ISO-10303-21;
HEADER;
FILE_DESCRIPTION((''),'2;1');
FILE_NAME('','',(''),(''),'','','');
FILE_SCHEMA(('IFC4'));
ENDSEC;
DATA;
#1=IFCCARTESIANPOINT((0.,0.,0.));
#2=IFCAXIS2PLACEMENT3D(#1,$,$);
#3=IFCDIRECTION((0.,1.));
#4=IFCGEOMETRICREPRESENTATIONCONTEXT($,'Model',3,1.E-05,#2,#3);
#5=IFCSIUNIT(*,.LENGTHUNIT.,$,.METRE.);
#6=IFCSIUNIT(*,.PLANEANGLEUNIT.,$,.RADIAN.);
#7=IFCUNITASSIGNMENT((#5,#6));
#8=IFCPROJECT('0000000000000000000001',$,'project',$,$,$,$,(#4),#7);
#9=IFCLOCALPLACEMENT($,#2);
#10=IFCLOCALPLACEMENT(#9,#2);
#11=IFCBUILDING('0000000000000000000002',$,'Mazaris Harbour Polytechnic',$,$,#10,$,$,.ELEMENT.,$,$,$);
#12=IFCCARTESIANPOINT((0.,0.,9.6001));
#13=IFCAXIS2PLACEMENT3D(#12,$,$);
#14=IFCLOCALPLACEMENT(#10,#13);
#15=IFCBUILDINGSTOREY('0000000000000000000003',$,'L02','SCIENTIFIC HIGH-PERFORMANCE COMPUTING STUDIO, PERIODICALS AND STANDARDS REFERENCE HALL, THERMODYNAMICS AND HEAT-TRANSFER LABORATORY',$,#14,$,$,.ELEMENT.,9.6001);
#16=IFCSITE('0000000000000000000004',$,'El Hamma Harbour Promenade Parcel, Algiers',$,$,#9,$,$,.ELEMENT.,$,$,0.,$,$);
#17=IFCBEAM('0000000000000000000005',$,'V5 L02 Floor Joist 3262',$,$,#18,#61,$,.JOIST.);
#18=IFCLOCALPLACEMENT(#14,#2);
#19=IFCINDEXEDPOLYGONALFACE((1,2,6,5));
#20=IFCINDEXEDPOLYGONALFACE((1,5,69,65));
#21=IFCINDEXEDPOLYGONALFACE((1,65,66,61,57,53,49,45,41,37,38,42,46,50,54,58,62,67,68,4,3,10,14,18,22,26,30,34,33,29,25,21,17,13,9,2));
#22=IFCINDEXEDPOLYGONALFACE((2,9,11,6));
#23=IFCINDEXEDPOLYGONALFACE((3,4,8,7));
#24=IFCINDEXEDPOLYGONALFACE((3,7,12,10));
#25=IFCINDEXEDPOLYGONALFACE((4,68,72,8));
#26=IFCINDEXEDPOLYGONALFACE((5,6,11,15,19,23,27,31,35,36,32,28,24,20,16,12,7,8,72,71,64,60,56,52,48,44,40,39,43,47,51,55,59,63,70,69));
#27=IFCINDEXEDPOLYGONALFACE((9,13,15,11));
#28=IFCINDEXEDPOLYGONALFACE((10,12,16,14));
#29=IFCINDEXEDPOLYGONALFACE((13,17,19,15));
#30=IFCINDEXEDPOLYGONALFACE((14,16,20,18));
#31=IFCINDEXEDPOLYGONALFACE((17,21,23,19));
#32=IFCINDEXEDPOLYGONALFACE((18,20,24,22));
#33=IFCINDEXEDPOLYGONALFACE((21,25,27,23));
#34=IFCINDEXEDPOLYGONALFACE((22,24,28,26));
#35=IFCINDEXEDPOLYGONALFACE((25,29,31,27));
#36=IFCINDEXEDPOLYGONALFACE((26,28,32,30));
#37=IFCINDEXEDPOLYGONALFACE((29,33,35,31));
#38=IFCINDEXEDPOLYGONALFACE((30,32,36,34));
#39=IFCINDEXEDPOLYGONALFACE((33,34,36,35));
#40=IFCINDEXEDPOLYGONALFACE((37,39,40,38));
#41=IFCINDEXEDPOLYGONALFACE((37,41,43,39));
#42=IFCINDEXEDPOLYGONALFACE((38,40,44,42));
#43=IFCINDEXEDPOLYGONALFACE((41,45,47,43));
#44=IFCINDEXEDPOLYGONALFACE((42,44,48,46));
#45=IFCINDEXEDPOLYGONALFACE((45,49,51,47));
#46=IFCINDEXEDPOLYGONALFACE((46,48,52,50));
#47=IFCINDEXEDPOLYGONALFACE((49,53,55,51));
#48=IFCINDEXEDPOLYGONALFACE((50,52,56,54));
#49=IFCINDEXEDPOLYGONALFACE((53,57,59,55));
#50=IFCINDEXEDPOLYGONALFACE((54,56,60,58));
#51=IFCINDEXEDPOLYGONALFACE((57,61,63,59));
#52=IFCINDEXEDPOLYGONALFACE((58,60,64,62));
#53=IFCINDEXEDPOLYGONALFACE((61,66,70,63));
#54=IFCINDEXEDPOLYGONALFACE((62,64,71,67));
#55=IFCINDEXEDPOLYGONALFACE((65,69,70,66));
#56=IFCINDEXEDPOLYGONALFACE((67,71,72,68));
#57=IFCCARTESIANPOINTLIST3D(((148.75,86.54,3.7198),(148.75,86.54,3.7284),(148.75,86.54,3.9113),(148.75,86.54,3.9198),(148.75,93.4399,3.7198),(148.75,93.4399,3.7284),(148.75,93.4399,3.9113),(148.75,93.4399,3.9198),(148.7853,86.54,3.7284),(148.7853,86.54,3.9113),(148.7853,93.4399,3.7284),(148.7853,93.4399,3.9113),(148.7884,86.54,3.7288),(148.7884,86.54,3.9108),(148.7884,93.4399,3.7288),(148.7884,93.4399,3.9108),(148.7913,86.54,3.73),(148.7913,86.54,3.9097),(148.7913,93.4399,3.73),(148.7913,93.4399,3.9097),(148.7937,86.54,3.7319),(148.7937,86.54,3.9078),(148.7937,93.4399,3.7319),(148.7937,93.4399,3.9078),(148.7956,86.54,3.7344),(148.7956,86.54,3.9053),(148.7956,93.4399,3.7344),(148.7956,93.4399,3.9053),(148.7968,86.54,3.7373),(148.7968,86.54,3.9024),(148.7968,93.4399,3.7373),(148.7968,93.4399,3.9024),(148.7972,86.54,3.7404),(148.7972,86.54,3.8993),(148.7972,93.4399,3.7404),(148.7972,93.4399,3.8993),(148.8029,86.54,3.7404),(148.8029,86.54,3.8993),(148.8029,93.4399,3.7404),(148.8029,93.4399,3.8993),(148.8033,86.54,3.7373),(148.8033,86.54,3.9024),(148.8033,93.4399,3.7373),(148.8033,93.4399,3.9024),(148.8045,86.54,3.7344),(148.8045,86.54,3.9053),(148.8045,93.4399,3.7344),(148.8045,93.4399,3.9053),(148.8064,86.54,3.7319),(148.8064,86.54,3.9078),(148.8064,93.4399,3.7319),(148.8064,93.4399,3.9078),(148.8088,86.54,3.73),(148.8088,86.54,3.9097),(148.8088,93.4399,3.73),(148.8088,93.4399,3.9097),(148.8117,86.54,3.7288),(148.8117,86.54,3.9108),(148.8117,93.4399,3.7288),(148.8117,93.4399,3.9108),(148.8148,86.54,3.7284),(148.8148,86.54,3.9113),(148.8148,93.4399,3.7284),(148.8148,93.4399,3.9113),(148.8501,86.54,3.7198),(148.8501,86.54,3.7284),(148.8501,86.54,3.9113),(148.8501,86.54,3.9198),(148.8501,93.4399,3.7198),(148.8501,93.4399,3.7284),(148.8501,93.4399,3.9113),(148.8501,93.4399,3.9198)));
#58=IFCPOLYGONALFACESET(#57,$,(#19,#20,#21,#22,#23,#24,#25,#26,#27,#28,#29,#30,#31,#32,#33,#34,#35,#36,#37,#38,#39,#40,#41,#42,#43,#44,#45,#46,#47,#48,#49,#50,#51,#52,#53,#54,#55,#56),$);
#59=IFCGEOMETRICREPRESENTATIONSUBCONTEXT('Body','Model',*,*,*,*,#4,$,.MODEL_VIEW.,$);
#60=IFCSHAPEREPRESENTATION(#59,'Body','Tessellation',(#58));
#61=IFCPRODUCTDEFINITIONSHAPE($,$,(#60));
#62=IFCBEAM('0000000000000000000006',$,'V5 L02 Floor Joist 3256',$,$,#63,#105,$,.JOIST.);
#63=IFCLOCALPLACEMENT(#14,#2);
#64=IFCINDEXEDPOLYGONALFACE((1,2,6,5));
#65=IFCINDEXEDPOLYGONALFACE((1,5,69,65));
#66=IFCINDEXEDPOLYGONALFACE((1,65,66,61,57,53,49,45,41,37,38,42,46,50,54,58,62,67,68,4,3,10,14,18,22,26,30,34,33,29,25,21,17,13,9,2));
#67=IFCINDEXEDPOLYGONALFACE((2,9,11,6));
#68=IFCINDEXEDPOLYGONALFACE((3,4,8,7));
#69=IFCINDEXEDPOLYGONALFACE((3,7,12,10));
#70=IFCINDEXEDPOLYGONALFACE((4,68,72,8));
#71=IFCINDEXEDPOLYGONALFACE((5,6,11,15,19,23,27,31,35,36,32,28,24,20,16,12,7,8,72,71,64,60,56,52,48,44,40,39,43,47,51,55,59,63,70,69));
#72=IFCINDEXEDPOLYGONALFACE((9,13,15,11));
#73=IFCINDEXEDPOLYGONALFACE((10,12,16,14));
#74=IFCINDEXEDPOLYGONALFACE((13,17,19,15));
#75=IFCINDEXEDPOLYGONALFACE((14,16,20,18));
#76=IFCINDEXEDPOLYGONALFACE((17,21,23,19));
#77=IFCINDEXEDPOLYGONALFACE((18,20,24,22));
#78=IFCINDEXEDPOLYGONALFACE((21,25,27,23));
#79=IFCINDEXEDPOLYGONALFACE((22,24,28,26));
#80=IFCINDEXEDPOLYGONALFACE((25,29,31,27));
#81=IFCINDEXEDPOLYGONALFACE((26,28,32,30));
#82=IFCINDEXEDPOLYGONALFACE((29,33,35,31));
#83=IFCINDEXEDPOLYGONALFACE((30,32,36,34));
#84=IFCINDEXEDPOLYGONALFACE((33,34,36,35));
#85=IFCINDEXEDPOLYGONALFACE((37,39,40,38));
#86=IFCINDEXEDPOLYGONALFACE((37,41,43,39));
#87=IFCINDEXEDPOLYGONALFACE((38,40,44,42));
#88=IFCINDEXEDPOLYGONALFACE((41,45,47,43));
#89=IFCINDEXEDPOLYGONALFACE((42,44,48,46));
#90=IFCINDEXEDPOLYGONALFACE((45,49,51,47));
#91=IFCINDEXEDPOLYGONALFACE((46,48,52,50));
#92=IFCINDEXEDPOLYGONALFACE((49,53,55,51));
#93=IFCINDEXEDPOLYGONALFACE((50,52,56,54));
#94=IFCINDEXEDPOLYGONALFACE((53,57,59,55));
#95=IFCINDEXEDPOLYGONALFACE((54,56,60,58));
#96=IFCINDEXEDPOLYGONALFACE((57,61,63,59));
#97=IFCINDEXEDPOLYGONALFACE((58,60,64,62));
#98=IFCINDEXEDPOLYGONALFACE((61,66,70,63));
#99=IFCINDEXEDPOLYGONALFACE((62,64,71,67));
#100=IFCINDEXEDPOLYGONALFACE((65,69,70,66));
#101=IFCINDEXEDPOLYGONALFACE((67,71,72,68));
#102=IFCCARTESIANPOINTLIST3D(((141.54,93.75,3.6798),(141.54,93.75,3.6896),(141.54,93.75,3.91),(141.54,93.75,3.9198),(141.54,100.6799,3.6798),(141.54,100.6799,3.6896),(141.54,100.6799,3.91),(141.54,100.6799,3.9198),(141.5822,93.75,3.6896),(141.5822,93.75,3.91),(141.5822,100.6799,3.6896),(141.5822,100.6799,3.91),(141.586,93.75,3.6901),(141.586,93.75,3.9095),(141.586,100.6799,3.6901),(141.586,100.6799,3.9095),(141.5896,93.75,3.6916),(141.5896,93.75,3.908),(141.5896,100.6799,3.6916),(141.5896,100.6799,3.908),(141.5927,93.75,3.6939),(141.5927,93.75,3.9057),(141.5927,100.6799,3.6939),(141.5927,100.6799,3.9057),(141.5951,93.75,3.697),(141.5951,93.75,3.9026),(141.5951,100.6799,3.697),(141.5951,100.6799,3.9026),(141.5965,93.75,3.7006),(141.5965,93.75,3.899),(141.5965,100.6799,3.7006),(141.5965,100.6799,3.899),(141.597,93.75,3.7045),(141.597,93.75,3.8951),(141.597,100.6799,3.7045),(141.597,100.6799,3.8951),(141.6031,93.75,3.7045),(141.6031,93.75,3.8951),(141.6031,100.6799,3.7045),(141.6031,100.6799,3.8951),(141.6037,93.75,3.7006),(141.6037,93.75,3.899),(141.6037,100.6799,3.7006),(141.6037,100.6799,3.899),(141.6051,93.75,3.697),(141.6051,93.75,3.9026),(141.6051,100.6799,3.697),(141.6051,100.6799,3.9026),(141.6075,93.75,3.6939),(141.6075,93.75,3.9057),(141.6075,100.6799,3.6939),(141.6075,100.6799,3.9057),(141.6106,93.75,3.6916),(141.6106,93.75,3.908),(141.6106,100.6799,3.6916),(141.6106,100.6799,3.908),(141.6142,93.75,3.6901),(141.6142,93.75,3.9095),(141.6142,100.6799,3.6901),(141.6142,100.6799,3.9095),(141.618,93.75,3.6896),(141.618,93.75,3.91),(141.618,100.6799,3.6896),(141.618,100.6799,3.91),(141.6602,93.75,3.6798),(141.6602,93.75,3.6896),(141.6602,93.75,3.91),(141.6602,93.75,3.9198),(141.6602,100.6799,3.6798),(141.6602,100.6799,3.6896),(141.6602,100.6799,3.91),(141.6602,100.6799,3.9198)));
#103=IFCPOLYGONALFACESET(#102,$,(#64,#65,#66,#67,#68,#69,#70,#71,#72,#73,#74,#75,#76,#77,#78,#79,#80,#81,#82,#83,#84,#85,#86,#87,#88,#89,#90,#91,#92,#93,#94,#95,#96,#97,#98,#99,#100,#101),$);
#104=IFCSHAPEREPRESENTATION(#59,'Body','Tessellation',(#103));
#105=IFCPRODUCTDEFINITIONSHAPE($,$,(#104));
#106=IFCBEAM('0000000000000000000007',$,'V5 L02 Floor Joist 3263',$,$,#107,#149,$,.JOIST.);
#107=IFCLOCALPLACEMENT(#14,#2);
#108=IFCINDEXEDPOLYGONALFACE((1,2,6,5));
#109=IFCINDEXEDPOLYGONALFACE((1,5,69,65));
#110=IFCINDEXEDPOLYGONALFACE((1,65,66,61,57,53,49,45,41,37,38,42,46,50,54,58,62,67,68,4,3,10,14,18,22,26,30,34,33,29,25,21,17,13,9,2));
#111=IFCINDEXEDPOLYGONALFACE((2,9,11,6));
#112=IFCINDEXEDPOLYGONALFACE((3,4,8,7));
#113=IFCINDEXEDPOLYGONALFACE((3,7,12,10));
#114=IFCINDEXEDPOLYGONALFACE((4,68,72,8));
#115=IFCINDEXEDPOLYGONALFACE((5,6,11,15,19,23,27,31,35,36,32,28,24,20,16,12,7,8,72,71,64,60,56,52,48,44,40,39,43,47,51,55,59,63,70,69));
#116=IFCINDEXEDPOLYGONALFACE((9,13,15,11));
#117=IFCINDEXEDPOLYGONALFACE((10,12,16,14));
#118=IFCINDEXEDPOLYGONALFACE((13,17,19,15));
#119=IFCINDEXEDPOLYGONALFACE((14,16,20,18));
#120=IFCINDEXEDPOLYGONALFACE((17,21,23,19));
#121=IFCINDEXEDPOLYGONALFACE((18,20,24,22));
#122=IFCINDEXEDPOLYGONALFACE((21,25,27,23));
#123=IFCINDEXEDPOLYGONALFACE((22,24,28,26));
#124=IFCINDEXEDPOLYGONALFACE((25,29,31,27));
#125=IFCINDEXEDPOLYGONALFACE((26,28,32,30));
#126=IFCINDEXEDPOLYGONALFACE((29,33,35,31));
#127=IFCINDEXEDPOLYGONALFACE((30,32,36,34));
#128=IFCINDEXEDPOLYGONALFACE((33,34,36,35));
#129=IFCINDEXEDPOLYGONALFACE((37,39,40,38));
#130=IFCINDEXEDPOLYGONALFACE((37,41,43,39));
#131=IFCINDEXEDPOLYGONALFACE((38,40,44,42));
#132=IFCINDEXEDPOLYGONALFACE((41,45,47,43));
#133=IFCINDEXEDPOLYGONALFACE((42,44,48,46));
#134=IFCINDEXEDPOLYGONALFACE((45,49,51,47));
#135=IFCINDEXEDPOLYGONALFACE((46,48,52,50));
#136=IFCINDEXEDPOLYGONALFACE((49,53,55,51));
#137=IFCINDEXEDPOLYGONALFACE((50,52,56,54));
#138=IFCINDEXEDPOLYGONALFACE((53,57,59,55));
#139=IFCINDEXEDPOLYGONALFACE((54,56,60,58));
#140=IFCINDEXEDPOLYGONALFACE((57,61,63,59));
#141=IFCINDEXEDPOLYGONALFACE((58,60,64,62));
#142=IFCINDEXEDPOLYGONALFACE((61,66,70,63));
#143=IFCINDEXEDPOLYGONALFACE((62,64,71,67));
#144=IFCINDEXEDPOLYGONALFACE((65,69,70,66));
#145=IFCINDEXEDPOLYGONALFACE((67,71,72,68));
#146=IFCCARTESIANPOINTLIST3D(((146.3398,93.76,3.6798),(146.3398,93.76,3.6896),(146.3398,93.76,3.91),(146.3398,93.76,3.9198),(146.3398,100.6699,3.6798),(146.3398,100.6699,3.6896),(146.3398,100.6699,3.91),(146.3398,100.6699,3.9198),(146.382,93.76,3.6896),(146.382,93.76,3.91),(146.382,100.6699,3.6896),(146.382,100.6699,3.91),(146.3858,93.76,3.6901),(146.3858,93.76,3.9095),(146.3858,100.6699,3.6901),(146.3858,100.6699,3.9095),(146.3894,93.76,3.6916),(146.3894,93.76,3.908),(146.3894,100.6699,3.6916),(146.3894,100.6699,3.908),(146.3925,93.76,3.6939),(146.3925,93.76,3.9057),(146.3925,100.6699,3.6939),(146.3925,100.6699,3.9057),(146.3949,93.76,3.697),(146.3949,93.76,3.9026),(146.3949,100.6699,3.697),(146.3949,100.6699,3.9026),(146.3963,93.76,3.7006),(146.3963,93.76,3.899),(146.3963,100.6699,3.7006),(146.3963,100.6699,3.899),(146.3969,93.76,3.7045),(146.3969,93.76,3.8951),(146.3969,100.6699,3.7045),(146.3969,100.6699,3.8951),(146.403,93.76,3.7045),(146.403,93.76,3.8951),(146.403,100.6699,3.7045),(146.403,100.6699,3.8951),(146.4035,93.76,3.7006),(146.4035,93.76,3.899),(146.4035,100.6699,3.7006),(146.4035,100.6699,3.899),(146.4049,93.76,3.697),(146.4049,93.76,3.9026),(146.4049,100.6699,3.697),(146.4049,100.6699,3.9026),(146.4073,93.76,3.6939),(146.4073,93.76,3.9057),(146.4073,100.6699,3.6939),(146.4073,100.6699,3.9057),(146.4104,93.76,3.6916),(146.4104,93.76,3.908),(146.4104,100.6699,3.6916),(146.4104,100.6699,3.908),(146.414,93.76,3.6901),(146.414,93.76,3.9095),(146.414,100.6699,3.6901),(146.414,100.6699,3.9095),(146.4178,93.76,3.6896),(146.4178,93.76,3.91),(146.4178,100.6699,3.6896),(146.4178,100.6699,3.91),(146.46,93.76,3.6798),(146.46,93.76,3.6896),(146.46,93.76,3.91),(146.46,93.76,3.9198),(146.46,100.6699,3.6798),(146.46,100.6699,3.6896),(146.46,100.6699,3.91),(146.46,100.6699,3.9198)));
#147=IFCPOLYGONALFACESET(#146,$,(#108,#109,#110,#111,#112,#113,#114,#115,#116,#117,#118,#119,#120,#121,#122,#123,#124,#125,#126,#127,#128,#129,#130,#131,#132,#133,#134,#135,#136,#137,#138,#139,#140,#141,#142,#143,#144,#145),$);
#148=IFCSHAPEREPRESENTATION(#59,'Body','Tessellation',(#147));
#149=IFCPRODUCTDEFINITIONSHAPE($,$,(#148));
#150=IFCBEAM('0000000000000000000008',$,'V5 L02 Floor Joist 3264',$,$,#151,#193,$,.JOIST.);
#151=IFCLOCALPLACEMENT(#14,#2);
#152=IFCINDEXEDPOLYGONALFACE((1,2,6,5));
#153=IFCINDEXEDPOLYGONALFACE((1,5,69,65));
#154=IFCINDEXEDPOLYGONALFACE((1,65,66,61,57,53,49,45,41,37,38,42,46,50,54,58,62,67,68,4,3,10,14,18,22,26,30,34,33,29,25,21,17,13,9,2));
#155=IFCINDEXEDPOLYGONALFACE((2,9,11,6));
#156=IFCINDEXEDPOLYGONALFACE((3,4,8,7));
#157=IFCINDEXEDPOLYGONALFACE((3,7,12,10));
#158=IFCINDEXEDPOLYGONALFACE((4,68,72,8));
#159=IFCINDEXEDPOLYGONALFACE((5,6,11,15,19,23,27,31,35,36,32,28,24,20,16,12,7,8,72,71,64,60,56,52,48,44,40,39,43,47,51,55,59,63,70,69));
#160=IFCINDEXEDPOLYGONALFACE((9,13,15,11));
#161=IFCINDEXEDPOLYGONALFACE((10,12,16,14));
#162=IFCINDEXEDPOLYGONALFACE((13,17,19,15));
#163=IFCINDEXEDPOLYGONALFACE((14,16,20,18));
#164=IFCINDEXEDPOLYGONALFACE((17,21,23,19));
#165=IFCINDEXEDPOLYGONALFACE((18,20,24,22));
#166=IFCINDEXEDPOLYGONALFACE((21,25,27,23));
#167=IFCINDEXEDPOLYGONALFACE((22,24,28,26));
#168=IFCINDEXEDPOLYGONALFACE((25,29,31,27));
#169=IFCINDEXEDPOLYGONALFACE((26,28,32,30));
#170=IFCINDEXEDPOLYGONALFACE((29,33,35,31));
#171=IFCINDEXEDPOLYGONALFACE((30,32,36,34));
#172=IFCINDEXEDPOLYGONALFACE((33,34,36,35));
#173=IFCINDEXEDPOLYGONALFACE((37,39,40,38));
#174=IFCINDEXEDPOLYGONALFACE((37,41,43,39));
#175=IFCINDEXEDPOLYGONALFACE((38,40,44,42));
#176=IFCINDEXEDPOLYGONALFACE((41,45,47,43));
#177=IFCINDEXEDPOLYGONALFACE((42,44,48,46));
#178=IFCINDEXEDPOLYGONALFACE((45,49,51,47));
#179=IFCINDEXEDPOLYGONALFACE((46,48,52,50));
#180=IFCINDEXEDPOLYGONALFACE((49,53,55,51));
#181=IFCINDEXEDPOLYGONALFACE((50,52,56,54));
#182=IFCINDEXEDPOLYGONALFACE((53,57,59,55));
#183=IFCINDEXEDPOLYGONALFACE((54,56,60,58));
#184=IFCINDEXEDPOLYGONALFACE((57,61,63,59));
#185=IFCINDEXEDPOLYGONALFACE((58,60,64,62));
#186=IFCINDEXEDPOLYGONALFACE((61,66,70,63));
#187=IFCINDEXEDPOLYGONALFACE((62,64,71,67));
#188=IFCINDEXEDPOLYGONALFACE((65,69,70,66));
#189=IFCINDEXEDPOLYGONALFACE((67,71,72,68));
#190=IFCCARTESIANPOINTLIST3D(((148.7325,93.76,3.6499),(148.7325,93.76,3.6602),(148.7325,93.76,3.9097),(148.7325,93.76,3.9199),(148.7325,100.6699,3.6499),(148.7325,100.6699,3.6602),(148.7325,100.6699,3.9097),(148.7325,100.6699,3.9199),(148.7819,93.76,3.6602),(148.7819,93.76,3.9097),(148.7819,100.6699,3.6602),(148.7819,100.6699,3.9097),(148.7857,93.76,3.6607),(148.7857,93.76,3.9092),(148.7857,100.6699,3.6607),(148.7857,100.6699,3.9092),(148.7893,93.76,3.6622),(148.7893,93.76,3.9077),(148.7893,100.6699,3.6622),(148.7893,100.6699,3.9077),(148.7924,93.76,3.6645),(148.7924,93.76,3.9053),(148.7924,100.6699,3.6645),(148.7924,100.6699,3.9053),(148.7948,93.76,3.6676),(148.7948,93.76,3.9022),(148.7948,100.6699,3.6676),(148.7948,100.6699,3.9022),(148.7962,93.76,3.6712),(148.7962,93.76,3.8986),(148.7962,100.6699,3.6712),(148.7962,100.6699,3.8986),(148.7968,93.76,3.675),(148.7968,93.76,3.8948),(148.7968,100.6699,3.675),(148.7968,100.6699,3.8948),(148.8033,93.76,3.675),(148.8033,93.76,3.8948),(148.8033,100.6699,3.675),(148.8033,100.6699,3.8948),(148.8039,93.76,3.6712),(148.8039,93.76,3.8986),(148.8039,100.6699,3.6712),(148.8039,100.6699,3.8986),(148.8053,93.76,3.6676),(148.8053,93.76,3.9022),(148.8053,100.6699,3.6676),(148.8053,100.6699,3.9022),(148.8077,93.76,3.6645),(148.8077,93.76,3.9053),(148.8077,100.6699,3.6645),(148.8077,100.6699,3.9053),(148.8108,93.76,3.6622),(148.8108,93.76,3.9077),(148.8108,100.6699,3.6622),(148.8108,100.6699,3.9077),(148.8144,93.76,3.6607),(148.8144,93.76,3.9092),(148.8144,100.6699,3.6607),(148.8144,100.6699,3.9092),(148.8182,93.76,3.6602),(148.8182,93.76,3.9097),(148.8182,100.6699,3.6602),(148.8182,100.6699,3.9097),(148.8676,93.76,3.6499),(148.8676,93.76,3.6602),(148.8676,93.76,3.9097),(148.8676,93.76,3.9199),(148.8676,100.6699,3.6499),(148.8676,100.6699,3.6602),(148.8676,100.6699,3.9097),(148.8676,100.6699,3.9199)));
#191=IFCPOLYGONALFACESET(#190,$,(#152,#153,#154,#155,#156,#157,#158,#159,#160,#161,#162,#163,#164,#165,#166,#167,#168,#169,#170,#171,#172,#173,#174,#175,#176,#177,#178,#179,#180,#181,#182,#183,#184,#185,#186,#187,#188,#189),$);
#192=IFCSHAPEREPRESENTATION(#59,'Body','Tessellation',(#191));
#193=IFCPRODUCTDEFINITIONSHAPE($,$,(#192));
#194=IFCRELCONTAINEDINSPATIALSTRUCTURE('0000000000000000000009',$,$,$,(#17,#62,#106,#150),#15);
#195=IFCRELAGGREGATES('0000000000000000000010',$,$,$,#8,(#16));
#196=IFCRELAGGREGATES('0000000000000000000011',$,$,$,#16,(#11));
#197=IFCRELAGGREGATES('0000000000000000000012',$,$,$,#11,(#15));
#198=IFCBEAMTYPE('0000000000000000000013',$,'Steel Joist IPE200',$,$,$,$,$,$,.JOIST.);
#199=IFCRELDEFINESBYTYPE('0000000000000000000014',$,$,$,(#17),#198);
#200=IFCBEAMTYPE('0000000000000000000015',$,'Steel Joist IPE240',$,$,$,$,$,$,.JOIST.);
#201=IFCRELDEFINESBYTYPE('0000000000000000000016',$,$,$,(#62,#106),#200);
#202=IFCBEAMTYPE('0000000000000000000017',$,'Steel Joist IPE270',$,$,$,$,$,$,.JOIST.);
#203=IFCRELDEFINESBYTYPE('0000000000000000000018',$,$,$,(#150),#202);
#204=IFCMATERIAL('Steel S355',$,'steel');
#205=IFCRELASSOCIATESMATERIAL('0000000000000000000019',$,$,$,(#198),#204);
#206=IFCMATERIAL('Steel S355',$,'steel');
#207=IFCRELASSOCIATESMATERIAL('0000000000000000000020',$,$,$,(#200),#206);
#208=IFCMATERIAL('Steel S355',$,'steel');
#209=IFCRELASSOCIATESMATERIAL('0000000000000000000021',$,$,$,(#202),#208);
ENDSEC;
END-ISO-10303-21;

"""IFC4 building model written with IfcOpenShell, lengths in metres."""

from ifc_helpers import new_model, si_unit, direction, frame, origin, origin_2d, place, context, subcontext, project, spatial, i_section, extrude, material, material_profile, profile_set, type_object, element, save


model = new_model("IFC4")

# Units and contexts
model_context = context("Model", 3, precision=1e-05, world=origin(), true_north=direction((0.0, 1.0)))
body_context = subcontext(model_context, "Body", "Model", "MODEL_VIEW")
ifc_project = project(units=[si_unit("LENGTHUNIT", "METRE"), si_unit("PLANEANGLEUNIT", "RADIAN")], contexts=[model_context])

# Site, building, storey
site_placement = place(None, origin())
site = spatial("IfcSite", under=ifc_project, at=site_placement, Name="El Hamma Harbour Promenade Parcel, Algiers", CompositionType="ELEMENT", RefElevation=0.0)
building_placement = place(site_placement, origin())
building = spatial("IfcBuilding", under=site, at=building_placement, Name="Mazaris Harbour Polytechnic", CompositionType="ELEMENT")
storey_placement = place(building_placement, frame((0.0, 0.0, 9.6001)))
storey = spatial("IfcBuildingStorey", under=building, at=storey_placement, Name="L02", Description="SCIENTIFIC HIGH-PERFORMANCE COMPUTING STUDIO, PERIODICALS AND STANDARDS REFERENCE HALL, THERMODYNAMICS AND HEAT-TRANSFER LABORATORY", CompositionType="ELEMENT", Elevation=9.6001)

# Beams
ifc_material_1 = material(Name="Steel S355", Category="steel")
ifc_material_profile_1 = material_profile(ifc_material_1, i_section(OverallWidth=0.1001, OverallDepth=0.2, WebThickness=0.0056, FlangeThickness=0.0085, FilletRadius=0.012, at=origin_2d()), Name="IPE 200")
ifc_profile_set_1 = profile_set([ifc_material_profile_1], Name="Steel S355")
beam_type_1 = type_object("IfcBeamType", Name="Steel Joist IPE200", PredefinedType="JOIST", material=ifc_profile_set_1)
beam_1_placement = place(storey_placement, frame((148.8, 86.54, 3.8198), z_axis=(0.0, 1.0, 0.0), x_axis=(-1.0, 0.0, 0.0)))
element("IfcBeam", 1, at=beam_1_placement, inside=storey, type_object=beam_type_1, Name="V5 L02 Floor Joist 3262", PredefinedType="JOIST", context=body_context, shape_type="SweptSolid", body=[
    extrude(i_section(OverallWidth=0.1001, OverallDepth=0.2, WebThickness=0.0056, FlangeThickness=0.0085, FilletRadius=0.012, at=origin_2d()), origin(), (0.0, 0.0, 1.0), 6.8999),
])
ifc_material_2 = material(Name="Steel S355", Category="steel")
ifc_material_profile_2 = material_profile(ifc_material_2, i_section(OverallWidth=0.1201, OverallDepth=0.24, WebThickness=0.0061, FlangeThickness=0.0098, FilletRadius=0.0149, at=origin_2d()), Name="IPE 240")
ifc_profile_set_2 = profile_set([ifc_material_profile_2], Name="Steel S355")
beam_type_2 = type_object("IfcBeamType", Name="Steel Joist IPE240", PredefinedType="JOIST", material=ifc_profile_set_2)
beam_2_placement = place(storey_placement, frame((141.6001, 93.75, 3.7998), z_axis=(0.0, 1.0, 0.0), x_axis=(-1.0, 0.0, 0.0)))
element("IfcBeam", 2, at=beam_2_placement, inside=storey, type_object=beam_type_2, Name="V5 L02 Floor Joist 3256", PredefinedType="JOIST", context=body_context, shape_type="SweptSolid", body=[
    extrude(i_section(OverallWidth=0.1201, OverallDepth=0.24, WebThickness=0.0061, FlangeThickness=0.0098, FilletRadius=0.0149, at=origin_2d()), origin(), (0.0, 0.0, 1.0), 6.9299),
])
beam_3_placement = place(storey_placement, frame((146.3999, 93.76, 3.7998), z_axis=(0.0, 1.0, 0.0), x_axis=(-1.0, 0.0, 0.0)))
element("IfcBeam", 3, at=beam_3_placement, inside=storey, type_object=beam_type_2, Name="V5 L02 Floor Joist 3263", PredefinedType="JOIST", context=body_context, shape_type="SweptSolid", body=[
    extrude(i_section(OverallWidth=0.1201, OverallDepth=0.24, WebThickness=0.0061, FlangeThickness=0.0098, FilletRadius=0.0149, at=origin_2d()), origin(), (0.0, 0.0, 1.0), 6.9099),
])
ifc_material_3 = material(Name="Steel S355", Category="steel")
ifc_material_profile_3 = material_profile(ifc_material_3, i_section(OverallWidth=0.135, OverallDepth=0.27, WebThickness=0.0066, FlangeThickness=0.0103, FilletRadius=0.0149, at=origin_2d()), Name="IPE 270")
ifc_profile_set_3 = profile_set([ifc_material_profile_3], Name="Steel S355")
beam_type_3 = type_object("IfcBeamType", Name="Steel Joist IPE270", PredefinedType="JOIST", material=ifc_profile_set_3)
beam_4_placement = place(storey_placement, frame((148.8, 93.76, 3.7849), z_axis=(0.0, 1.0, 0.0), x_axis=(-1.0, 0.0, 0.0)))
element("IfcBeam", 4, at=beam_4_placement, inside=storey, type_object=beam_type_3, Name="V5 L02 Floor Joist 3264", PredefinedType="JOIST", context=body_context, shape_type="SweptSolid", body=[
    extrude(i_section(OverallWidth=0.135, OverallDepth=0.27, WebThickness=0.0066, FlangeThickness=0.0103, FilletRadius=0.0149, at=origin_2d()), origin(), (0.0, 0.0, 1.0), 6.9099),
])

save(model, "model.ifc")
